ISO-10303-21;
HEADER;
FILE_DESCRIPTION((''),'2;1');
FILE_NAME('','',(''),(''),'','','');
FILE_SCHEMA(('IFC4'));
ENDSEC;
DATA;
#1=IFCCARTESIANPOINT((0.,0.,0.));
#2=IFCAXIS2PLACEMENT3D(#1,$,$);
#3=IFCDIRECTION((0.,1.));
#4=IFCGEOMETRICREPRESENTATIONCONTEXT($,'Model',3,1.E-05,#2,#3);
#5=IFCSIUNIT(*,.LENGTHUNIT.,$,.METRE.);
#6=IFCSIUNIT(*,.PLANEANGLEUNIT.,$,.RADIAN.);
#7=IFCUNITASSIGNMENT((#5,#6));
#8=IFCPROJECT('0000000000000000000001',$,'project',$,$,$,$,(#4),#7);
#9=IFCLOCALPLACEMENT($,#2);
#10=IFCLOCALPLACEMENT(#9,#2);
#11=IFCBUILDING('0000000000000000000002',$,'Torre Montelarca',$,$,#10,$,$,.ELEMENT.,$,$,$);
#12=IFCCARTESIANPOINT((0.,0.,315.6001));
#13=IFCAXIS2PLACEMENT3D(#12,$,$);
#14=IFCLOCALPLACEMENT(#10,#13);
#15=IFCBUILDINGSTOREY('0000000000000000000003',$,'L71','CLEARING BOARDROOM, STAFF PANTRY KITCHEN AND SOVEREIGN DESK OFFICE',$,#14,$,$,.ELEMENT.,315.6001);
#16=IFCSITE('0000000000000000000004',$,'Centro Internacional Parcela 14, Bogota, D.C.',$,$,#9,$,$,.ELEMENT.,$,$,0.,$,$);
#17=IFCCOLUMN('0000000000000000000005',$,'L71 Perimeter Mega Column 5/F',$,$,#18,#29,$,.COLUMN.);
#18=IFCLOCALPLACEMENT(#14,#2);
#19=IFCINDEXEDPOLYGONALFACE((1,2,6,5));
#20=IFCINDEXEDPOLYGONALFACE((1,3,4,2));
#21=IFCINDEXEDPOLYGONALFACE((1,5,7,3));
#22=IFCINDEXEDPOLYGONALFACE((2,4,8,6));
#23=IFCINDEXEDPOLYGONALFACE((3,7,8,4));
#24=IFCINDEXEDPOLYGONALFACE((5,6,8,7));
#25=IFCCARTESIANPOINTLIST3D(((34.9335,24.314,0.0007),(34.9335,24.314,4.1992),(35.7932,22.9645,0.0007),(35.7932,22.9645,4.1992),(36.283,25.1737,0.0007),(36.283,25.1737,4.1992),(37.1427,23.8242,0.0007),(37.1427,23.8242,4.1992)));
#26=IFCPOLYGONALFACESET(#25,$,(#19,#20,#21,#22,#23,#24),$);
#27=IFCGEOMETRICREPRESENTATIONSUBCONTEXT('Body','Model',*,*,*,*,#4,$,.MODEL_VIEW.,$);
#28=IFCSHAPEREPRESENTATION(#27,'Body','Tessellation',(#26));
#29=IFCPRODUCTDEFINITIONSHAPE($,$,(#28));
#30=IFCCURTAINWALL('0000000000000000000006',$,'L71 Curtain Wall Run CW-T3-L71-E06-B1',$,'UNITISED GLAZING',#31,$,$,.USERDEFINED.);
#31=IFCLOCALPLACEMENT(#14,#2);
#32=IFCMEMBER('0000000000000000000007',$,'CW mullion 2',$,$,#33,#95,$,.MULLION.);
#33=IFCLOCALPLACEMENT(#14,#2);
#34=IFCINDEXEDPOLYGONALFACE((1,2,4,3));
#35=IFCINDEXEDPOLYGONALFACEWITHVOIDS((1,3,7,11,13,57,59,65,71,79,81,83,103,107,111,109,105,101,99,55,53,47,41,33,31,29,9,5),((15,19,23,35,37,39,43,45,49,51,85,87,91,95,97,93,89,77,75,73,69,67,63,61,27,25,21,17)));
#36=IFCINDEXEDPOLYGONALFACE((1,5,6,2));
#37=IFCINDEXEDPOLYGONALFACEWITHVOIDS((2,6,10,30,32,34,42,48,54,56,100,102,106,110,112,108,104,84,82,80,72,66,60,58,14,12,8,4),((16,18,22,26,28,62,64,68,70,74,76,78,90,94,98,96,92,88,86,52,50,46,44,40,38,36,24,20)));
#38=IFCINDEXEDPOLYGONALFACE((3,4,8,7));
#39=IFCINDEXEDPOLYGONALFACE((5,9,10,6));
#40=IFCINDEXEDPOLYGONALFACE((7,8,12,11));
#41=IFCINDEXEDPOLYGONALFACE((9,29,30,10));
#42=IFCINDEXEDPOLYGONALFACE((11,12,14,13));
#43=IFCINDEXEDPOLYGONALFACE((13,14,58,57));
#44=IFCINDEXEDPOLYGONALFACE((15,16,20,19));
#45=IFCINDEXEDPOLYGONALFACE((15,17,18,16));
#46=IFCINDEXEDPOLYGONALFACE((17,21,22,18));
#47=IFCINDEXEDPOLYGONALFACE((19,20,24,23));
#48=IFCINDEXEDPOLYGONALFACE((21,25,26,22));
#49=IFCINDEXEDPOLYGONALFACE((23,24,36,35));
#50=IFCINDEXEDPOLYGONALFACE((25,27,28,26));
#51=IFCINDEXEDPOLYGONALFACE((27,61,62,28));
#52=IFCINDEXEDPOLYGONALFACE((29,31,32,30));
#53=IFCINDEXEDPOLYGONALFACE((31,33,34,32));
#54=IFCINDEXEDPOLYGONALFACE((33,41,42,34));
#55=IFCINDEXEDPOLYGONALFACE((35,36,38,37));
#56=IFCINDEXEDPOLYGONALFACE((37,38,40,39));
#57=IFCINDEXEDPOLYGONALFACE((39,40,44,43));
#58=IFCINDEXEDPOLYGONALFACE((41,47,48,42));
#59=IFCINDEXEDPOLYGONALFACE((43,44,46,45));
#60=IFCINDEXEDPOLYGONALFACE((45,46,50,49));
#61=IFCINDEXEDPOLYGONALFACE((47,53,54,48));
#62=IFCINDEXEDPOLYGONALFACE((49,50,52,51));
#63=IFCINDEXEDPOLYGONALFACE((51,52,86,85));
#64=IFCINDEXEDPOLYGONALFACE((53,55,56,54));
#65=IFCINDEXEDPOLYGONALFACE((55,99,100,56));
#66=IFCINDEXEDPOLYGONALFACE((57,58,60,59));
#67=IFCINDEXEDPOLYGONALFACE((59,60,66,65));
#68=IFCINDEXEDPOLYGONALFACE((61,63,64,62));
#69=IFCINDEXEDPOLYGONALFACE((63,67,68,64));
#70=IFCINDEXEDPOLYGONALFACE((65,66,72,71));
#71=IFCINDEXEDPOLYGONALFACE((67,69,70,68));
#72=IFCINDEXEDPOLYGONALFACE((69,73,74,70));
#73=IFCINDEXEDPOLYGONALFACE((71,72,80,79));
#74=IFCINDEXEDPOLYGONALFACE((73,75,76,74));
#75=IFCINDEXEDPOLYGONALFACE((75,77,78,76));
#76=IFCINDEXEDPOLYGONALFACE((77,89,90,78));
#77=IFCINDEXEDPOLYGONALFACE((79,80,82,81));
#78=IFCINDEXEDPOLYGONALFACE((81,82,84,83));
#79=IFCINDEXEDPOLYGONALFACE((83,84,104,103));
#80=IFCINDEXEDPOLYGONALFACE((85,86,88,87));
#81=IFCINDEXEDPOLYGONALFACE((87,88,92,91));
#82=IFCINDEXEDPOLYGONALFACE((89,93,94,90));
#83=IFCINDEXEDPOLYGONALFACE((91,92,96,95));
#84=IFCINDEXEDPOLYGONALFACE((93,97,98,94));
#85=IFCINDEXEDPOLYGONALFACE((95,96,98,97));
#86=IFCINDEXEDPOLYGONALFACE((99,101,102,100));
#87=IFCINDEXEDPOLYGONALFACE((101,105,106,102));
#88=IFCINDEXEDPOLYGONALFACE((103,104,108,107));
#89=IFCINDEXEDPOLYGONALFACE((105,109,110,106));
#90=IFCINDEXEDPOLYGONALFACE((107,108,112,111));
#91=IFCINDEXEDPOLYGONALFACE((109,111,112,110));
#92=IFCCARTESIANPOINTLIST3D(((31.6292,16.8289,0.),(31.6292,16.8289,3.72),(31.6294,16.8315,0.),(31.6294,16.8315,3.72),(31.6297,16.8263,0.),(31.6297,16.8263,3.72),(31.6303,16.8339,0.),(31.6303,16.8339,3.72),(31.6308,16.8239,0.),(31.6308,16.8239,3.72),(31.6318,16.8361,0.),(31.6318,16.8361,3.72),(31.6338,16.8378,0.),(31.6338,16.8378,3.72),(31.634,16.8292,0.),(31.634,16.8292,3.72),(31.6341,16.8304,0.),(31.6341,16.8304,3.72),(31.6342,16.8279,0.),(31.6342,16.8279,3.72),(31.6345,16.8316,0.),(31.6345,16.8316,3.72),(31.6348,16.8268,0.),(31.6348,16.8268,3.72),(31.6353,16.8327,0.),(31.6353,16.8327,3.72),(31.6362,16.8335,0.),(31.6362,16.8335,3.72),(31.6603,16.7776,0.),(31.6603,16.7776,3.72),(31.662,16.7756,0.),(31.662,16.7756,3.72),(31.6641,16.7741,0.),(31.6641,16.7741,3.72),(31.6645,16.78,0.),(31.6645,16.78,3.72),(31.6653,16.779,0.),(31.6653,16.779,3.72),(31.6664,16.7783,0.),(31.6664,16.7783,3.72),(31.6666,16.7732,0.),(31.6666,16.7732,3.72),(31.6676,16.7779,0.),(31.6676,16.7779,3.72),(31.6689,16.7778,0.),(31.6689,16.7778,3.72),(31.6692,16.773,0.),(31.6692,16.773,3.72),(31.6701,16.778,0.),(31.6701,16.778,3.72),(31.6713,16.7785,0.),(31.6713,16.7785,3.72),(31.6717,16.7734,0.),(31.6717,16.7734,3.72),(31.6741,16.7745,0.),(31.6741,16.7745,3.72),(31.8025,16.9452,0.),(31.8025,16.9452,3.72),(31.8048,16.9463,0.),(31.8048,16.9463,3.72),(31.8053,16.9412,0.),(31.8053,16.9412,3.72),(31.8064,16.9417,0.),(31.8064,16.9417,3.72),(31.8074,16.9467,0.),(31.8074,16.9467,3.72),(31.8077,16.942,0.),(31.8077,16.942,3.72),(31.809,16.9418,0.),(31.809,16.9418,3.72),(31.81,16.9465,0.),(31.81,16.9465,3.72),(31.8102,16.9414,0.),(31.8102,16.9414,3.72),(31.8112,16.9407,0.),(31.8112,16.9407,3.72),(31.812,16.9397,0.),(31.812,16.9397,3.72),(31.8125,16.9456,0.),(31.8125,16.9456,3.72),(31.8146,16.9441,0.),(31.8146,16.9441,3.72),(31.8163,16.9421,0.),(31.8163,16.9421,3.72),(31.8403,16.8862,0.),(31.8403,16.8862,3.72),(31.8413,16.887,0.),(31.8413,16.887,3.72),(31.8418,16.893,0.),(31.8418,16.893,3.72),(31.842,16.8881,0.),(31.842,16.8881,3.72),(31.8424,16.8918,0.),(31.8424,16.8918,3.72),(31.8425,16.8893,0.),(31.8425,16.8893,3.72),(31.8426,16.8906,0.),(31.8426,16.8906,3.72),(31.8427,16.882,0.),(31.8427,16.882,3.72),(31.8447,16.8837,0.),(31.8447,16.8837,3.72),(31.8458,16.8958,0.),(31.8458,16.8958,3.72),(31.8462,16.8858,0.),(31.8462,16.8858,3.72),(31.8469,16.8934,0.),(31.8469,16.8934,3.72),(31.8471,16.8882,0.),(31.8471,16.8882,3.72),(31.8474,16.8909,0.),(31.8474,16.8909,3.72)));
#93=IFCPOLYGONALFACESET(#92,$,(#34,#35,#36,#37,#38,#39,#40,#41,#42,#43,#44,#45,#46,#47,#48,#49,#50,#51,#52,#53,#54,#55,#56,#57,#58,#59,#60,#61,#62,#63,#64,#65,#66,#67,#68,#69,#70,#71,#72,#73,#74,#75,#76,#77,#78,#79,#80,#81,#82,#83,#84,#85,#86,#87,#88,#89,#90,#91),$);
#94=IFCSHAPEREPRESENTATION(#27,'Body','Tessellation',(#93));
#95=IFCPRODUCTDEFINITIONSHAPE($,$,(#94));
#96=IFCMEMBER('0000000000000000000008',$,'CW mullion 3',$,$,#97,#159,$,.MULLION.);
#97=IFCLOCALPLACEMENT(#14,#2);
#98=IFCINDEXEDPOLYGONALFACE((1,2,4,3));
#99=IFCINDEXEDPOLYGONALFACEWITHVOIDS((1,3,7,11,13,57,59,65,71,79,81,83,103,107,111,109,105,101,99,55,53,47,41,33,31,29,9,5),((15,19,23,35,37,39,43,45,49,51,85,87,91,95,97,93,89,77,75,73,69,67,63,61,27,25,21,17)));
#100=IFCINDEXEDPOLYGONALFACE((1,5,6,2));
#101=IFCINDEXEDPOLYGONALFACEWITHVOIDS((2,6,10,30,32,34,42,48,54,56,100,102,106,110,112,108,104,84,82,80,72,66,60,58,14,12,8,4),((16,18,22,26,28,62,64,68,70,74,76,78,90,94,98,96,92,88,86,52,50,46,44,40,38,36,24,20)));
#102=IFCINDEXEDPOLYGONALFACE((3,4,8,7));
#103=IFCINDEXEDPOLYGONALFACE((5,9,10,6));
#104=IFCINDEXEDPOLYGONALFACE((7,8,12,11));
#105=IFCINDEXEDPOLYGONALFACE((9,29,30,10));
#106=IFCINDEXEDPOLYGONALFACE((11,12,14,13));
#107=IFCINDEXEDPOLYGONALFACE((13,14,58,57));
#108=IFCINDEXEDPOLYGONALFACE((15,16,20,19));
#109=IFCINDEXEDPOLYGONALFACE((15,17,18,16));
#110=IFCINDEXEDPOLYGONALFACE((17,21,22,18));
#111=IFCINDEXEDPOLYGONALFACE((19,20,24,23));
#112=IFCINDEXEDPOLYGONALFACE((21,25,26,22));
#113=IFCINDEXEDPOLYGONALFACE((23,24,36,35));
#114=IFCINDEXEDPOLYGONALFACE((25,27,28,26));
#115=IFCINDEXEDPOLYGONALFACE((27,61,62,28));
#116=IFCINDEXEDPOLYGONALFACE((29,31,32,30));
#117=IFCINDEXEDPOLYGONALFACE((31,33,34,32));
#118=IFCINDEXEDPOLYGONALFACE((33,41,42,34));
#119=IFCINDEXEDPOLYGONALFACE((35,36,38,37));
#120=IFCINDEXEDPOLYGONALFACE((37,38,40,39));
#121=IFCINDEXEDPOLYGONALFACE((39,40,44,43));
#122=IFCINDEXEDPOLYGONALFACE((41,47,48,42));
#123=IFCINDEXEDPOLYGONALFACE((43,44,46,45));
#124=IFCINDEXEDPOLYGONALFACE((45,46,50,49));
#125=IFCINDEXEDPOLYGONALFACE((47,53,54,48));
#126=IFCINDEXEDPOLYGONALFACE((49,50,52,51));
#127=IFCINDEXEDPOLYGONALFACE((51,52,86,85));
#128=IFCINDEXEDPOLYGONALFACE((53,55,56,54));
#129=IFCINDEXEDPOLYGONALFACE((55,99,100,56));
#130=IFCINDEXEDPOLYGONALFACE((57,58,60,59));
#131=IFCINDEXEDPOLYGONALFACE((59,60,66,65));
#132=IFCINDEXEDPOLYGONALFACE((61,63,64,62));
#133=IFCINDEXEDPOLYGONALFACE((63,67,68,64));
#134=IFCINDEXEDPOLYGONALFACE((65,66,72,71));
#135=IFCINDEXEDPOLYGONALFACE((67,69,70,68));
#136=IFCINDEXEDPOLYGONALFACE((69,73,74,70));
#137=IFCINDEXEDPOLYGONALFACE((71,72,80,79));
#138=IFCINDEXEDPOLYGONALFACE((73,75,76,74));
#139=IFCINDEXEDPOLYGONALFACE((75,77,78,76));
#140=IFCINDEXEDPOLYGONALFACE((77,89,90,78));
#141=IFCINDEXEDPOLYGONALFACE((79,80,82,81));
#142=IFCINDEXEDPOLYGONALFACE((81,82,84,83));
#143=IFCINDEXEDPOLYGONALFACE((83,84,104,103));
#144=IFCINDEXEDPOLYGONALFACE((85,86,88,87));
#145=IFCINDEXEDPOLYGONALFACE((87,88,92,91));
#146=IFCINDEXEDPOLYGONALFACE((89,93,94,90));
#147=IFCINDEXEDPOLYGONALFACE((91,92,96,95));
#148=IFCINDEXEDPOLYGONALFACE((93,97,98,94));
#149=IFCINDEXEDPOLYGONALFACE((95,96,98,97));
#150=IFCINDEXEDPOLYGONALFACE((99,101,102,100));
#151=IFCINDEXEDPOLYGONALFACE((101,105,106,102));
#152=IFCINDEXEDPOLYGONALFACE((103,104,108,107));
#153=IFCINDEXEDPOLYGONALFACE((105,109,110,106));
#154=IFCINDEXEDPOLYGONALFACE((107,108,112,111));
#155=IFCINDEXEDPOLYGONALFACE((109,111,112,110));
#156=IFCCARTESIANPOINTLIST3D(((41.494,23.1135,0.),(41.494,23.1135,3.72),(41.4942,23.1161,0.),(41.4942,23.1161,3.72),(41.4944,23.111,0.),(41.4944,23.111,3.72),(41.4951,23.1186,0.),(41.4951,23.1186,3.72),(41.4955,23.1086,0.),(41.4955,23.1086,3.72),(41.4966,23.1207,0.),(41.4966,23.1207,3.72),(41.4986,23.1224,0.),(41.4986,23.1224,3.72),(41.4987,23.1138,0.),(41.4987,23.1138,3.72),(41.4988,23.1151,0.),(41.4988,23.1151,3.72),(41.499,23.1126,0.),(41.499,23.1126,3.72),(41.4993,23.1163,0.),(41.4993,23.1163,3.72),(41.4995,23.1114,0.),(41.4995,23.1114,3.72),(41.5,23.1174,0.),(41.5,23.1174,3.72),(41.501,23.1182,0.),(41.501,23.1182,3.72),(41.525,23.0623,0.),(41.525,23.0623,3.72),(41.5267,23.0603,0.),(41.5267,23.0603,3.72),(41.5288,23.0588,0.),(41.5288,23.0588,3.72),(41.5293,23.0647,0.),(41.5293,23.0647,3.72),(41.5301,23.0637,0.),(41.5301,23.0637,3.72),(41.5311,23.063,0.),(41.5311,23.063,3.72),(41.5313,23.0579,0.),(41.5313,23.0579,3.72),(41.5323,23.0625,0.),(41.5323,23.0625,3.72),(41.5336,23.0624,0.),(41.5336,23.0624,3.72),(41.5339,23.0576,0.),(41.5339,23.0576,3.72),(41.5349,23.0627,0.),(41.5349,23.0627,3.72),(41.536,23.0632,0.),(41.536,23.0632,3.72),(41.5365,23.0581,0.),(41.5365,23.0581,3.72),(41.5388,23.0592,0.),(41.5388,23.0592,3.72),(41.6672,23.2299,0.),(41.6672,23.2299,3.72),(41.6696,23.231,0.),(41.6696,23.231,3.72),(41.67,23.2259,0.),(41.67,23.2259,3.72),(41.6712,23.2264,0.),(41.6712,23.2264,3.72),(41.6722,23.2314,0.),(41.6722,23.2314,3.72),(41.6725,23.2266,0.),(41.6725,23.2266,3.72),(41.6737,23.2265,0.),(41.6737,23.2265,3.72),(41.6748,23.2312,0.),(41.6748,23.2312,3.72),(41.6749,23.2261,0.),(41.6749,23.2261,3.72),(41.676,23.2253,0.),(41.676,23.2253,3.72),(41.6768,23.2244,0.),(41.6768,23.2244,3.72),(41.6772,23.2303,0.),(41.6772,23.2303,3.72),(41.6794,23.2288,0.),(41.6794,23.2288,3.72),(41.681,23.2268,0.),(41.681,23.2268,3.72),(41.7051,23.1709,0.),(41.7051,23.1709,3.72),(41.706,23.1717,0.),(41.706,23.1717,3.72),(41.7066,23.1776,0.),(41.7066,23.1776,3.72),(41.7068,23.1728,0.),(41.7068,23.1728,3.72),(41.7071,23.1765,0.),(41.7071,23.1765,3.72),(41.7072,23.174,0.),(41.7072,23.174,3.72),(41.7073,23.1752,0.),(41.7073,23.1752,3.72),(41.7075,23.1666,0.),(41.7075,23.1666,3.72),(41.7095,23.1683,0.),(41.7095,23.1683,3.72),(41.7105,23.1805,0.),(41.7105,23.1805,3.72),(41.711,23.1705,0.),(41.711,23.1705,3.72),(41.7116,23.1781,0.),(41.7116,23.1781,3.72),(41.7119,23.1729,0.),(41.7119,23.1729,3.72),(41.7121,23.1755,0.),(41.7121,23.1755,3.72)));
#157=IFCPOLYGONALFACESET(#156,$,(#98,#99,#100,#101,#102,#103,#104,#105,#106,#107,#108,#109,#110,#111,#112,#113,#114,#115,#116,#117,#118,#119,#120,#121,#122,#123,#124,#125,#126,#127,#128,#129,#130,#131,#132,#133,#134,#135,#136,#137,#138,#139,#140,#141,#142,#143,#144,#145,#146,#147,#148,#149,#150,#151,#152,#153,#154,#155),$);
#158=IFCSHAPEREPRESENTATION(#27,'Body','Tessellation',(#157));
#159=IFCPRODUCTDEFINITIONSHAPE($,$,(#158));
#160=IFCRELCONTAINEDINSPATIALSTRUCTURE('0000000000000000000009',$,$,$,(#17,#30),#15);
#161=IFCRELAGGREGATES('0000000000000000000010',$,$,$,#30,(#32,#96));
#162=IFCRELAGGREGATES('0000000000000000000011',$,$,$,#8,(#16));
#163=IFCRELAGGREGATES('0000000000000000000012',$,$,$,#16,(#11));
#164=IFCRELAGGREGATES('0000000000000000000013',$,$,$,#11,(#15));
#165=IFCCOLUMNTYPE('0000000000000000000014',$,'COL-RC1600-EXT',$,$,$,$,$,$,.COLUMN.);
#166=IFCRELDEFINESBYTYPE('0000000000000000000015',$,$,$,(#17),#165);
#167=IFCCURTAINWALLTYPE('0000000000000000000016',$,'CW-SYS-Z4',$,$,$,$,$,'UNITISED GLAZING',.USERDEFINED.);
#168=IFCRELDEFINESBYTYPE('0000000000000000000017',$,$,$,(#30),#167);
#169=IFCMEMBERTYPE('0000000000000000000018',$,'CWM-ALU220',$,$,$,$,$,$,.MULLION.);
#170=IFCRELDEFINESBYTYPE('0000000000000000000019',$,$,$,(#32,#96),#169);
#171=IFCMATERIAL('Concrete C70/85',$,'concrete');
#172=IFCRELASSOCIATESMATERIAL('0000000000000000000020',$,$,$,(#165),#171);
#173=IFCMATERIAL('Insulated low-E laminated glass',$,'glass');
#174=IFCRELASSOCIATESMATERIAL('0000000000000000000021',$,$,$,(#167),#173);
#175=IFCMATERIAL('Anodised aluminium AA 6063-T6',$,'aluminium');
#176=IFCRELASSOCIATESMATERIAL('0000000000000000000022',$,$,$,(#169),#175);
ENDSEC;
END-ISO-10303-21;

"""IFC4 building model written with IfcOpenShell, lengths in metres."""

from ifc_helpers import new_model, si_unit, direction, frame, origin, origin_2d, place, context, subcontext, project, spatial, rectangle, hollow_rectangle, extrude, source, transform, mapped, material, material_profile, profile_set, type_object, element, aggregate, save


model = new_model("IFC4")

# Units and contexts
model_context = context("Model", 3, precision=1e-05, world=origin(), true_north=direction((0.0, 1.0)))
body_context = subcontext(model_context, "Body", "Model", "MODEL_VIEW")
ifc_project = project(units=[si_unit("LENGTHUNIT", "METRE"), si_unit("PLANEANGLEUNIT", "RADIAN")], contexts=[model_context])

# Site, building, storey
site_placement = place(None, origin())
site = spatial("IfcSite", under=ifc_project, at=site_placement, Name="Centro Internacional Parcela 14, Bogota, D.C.", CompositionType="ELEMENT", RefElevation=0.0)
building_placement = place(site_placement, origin())
building = spatial("IfcBuilding", under=site, at=building_placement, Name="Torre Montelarca", CompositionType="ELEMENT")
storey_placement = place(building_placement, frame((0.0, 0.0, 315.6001)))
storey = spatial("IfcBuildingStorey", under=building, at=storey_placement, Name="L71", Description="CLEARING BOARDROOM, STAFF PANTRY KITCHEN AND SOVEREIGN DESK OFFICE", CompositionType="ELEMENT", Elevation=315.6001)

# Column
ifc_material_1 = material(Name="Concrete C70/85", Category="concrete")
ifc_material_profile_1 = material_profile(ifc_material_1, rectangle(XDim=1.6001, YDim=1.6001, at=origin_2d()), Name="RC1600X1600", Category="concrete")
ifc_profile_set_1 = profile_set([ifc_material_profile_1], Name="Concrete C70/85")
column_type = type_object("IfcColumnType", Name="COL-RC1600-EXT", PredefinedType="COLUMN", material=ifc_profile_set_1)
shared_shape_1 = source(origin(), body_context, "Body", "SweptSolid", [
    extrude(rectangle(XDim=1.6001, YDim=1.6001, at=origin_2d()), origin(), (0.0, 0.0, 1.0), 4.1985),
])
column_placement = place(storey_placement, frame((36.0381, 24.0691, 0.0007), z_axis=(0.0, 0.0, 1.0), x_axis=(-0.5373, 0.843391, 0.0)))
element("IfcColumn", 1, at=column_placement, inside=storey, type_object=column_type, Name="L71 Perimeter Mega Column 5/F", PredefinedType="COLUMN", context=body_context, shape_type="MappedRepresentation", body=[
    mapped(shared_shape_1, transform((0.0, 0.0, 0.0), scale=1.0)),
])

# Curtain wall, members
ifc_material_2 = material(Name="Insulated low-E laminated glass", Category="glass")
curtain_wall_type = type_object("IfcCurtainWallType", Name="CW-SYS-Z4", ElementType="UNITISED GLAZING", PredefinedType="USERDEFINED", material=ifc_material_2)
curtain_wall_1_placement = place(storey_placement, origin())
curtain_wall_1 = element("IfcCurtainWall", 2, at=curtain_wall_1_placement, inside=storey, type_object=curtain_wall_type, Name="L71 Curtain Wall Run CW-T3-L71-E06-B1", ObjectType="UNITISED GLAZING", PredefinedType="USERDEFINED")
ifc_material_3 = material(Name="Anodised aluminium AA 6063-T6", Category="aluminium")
ifc_material_profile_2 = material_profile(ifc_material_3, hollow_rectangle(XDim=0.075, YDim=0.22, WallThickness=0.0049, InnerFilletRadius=0.0049, OuterFilletRadius=0.01, at=origin_2d()), Name="ALU75X220X5", Category="aluminium")
ifc_profile_set_2 = profile_set([ifc_material_profile_2], Name="Anodised aluminium AA 6063-T6")
member_type_1 = type_object("IfcMemberType", Name="CWM-ALU220", PredefinedType="MULLION", material=ifc_profile_set_2)
shared_shape_2 = source(origin(), body_context, "Body", "SweptSolid", [
    extrude(hollow_rectangle(XDim=0.075, YDim=0.22, WallThickness=0.0049, InnerFilletRadius=0.0049, OuterFilletRadius=0.01, at=origin_2d()), origin(), (0.0, 0.0, 1.0), 3.72),
])
member_1_placement = place(storey_placement, frame((31.7383, 16.8599, 0.0), z_axis=(0.0, 0.0, 1.0), x_axis=(-0.537302, 0.84339, 0.0)))
member_1 = element("IfcMember", 3, at=member_1_placement, type_object=member_type_1, Name="CW mullion 2", PredefinedType="MULLION", context=body_context, shape_type="MappedRepresentation", body=[
    mapped(shared_shape_2, transform((0.0, 0.0, 0.0), scale=1.0)),
])
member_2_placement = place(storey_placement, frame((41.603, 23.1445, 0.0), z_axis=(0.0, 0.0, 1.0), x_axis=(-0.537302, 0.84339, 0.0)))
member_2 = element("IfcMember", 4, at=member_2_placement, type_object=member_type_1, Name="CW mullion 3", PredefinedType="MULLION", context=body_context, shape_type="MappedRepresentation", body=[
    mapped(shared_shape_2, transform((0.0, 0.0, 0.0), scale=1.0)),
])

aggregate(curtain_wall_1, [member_1, member_2])

save(model, "model.ifc")
